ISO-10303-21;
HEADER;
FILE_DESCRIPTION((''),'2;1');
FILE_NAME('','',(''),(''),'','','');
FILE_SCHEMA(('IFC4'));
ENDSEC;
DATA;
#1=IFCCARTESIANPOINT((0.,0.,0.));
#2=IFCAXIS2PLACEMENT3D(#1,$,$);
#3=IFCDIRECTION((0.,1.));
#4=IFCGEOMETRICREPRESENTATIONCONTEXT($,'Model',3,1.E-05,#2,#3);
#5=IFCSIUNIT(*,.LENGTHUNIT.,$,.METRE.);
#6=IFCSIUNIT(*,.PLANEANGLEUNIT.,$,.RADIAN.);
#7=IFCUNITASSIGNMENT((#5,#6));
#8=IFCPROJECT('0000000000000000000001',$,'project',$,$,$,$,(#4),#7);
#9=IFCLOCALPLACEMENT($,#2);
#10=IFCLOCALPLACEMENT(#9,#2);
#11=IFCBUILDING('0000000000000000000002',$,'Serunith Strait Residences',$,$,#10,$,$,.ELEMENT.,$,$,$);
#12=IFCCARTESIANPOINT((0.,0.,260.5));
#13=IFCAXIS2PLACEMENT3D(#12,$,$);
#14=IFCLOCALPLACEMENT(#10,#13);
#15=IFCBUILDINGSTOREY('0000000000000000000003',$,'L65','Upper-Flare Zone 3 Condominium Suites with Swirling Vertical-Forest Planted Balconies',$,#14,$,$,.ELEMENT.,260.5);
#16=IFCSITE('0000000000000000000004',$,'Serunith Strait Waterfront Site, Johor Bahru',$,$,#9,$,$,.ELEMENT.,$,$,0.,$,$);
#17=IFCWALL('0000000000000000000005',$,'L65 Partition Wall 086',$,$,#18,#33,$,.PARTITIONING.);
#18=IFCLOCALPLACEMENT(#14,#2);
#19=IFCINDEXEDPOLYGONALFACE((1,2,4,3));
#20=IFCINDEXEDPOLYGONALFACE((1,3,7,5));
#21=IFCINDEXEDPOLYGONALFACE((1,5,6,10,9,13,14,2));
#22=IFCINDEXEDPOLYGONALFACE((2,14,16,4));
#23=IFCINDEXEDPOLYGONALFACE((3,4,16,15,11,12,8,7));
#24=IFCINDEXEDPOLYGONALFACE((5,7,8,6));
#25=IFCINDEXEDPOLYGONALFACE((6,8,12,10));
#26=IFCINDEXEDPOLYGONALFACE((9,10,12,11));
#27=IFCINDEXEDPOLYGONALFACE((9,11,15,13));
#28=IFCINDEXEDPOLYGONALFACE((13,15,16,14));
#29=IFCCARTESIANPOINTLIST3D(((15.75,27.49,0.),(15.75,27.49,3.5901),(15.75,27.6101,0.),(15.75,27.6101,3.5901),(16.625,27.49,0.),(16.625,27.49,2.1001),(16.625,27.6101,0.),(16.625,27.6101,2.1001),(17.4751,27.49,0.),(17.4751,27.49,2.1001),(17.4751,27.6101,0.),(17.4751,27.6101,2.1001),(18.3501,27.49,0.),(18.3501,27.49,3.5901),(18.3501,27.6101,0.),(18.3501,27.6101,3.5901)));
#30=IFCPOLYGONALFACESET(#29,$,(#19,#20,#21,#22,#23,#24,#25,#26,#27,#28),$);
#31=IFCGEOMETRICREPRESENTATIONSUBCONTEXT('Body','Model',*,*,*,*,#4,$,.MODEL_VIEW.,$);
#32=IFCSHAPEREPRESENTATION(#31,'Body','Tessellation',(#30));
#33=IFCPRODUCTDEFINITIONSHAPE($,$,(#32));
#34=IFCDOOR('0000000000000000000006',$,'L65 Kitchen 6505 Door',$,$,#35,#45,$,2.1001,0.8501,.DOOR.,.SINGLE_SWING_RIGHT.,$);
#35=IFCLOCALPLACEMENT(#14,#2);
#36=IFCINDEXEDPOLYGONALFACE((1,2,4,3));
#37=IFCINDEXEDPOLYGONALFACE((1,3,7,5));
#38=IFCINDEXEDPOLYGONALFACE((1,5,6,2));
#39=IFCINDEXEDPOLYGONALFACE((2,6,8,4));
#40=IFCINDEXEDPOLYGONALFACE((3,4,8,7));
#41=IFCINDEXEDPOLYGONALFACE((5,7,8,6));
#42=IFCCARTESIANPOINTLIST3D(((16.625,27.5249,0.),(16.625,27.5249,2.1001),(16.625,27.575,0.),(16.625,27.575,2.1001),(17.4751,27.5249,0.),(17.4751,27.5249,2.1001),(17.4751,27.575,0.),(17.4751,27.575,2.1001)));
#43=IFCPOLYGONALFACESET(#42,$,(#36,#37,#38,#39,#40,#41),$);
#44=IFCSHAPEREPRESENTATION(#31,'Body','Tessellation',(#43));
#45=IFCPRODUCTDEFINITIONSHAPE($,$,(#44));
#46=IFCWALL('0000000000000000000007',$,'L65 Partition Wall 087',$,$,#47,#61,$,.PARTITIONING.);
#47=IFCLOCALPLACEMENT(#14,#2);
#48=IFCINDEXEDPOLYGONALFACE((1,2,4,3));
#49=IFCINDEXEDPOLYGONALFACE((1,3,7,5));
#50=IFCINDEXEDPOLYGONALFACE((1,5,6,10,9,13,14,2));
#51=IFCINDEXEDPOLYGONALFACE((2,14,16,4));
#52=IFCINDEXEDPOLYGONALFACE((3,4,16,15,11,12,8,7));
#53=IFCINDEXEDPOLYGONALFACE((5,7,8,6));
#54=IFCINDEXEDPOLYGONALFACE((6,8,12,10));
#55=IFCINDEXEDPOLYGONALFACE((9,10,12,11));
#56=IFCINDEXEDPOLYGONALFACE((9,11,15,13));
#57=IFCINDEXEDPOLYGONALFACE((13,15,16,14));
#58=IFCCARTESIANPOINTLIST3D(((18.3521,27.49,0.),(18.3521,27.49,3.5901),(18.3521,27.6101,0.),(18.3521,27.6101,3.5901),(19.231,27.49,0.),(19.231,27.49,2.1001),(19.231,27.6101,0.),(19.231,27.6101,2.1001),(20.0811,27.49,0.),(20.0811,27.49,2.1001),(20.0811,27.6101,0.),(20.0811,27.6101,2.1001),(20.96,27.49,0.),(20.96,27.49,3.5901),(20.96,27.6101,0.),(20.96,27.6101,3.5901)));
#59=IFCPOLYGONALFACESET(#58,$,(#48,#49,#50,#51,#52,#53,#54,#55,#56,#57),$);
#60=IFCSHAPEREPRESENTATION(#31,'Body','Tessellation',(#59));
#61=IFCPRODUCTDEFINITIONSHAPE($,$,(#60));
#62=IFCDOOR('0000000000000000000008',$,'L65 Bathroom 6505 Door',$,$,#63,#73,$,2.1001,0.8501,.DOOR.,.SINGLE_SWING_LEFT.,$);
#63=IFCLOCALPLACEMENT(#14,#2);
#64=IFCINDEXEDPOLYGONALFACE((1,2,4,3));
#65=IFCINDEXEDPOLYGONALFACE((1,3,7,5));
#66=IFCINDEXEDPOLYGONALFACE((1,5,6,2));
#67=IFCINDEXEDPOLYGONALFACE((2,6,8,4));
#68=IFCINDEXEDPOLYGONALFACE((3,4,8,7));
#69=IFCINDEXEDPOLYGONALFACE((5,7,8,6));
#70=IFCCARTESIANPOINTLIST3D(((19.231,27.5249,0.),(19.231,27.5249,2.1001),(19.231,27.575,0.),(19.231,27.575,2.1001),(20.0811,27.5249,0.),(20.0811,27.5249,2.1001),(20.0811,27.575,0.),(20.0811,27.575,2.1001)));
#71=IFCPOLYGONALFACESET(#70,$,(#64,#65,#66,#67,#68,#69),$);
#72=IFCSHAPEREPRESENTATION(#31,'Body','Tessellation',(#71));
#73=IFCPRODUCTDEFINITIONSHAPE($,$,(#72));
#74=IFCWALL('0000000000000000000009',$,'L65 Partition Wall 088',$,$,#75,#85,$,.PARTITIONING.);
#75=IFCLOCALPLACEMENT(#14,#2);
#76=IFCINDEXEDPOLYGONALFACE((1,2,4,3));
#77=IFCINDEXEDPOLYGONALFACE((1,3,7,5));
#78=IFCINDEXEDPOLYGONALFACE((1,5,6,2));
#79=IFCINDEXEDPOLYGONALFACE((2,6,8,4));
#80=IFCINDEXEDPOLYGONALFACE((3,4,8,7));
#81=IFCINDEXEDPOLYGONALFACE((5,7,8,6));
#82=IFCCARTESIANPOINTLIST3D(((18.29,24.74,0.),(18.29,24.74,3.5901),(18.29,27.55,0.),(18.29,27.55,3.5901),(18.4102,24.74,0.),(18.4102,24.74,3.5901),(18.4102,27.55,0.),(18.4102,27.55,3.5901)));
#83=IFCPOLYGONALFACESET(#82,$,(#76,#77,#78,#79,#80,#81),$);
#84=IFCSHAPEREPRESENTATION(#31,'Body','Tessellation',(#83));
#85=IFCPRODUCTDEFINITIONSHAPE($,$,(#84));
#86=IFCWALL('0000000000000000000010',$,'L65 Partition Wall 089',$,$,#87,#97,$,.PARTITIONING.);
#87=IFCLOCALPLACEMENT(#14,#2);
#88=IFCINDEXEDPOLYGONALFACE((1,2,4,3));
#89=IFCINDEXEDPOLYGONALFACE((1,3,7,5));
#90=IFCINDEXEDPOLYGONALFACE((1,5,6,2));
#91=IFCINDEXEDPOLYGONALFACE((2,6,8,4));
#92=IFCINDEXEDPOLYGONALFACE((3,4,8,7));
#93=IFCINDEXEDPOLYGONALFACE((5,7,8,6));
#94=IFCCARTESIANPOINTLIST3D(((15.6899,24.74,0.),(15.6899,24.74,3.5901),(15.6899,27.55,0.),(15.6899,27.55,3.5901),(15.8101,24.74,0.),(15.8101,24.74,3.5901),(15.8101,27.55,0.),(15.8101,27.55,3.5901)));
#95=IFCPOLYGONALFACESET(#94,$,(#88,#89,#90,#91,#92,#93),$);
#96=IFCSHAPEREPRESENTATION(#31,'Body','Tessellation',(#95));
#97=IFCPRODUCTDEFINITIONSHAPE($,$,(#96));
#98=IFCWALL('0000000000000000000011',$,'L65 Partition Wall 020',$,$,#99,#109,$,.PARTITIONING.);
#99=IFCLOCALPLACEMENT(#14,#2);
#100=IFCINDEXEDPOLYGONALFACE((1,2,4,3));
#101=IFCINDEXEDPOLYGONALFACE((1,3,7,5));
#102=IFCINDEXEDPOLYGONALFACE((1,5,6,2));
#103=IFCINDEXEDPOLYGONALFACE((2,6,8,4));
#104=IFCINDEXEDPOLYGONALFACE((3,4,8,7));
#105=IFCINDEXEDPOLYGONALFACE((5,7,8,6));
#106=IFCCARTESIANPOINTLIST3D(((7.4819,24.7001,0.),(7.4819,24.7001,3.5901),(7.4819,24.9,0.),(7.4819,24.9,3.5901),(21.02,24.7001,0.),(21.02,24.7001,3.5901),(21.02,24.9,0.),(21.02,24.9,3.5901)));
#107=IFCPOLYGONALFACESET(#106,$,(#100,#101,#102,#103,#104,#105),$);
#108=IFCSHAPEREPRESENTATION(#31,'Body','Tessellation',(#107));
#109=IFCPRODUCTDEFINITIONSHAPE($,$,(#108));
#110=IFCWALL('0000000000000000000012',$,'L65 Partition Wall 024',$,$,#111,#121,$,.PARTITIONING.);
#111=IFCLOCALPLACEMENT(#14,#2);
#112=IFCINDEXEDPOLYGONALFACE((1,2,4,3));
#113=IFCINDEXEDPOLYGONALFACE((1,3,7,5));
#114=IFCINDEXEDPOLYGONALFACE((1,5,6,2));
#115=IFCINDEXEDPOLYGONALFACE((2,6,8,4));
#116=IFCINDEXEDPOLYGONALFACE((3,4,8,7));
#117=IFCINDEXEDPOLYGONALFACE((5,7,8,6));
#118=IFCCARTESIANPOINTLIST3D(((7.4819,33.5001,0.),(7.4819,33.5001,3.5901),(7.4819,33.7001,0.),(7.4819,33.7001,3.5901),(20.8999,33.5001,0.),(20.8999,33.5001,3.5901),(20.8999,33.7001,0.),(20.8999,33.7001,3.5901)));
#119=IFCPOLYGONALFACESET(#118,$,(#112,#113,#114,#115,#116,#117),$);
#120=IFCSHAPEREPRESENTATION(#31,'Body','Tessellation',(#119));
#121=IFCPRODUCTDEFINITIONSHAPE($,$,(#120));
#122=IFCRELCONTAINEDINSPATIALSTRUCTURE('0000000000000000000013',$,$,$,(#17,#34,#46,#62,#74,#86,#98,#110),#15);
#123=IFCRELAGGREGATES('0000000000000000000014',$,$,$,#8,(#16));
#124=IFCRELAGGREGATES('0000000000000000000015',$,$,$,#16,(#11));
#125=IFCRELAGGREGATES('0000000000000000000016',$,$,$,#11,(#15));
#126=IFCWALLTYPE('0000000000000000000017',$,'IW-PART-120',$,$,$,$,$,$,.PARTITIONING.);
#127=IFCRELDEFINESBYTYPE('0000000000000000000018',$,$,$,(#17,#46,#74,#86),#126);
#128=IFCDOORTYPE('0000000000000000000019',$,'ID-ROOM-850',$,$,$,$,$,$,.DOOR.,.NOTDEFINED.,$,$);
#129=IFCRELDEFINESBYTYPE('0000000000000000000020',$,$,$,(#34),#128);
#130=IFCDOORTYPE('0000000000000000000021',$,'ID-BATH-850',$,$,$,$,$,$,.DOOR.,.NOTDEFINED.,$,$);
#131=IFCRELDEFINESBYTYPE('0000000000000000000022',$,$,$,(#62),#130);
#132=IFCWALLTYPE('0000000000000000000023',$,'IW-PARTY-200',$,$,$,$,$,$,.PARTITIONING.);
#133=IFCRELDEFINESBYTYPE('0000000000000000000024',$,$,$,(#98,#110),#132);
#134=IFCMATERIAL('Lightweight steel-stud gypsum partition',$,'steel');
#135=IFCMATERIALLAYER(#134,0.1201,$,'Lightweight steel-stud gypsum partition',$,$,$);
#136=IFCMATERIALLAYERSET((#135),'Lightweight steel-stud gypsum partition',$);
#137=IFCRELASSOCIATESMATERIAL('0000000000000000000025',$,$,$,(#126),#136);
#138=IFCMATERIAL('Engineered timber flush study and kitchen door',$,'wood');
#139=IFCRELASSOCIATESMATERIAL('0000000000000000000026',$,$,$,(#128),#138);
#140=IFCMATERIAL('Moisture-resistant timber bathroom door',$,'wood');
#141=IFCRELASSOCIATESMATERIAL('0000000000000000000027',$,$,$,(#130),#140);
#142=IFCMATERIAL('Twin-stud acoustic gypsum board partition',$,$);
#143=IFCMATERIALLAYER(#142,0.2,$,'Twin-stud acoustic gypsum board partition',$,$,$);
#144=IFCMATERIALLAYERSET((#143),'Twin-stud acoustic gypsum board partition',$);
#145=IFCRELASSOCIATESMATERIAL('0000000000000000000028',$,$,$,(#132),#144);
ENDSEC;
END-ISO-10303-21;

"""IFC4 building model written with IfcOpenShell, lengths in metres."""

from ifc_helpers import new_model, si_unit, direction, frame, frame_2d, origin, place, context, subcontext, project, spatial, rectangle, extrude, source, transform, mapped, material, layer, layer_set, type_object, element, fill, save


model = new_model("IFC4")

# Units and contexts
model_context = context("Model", 3, precision=1e-05, world=origin(), true_north=direction((0.0, 1.0)))
body_context = subcontext(model_context, "Body", "Model", "MODEL_VIEW")
ifc_project = project(units=[si_unit("LENGTHUNIT", "METRE"), si_unit("PLANEANGLEUNIT", "RADIAN")], contexts=[model_context])

# Site, building, storey
site_placement = place(None, origin())
site = spatial("IfcSite", under=ifc_project, at=site_placement, Name="Serunith Strait Waterfront Site, Johor Bahru", CompositionType="ELEMENT", RefElevation=0.0)
building_placement = place(site_placement, origin())
building = spatial("IfcBuilding", under=site, at=building_placement, Name="Serunith Strait Residences", CompositionType="ELEMENT")
storey_placement = place(building_placement, frame((0.0, 0.0, 260.5)))
storey = spatial("IfcBuildingStorey", under=building, at=storey_placement, Name="L65", Description="Upper-Flare Zone 3 Condominium Suites with Swirling Vertical-Forest Planted Balconies", CompositionType="ELEMENT", Elevation=260.5)

# Walls, openings, doors
ifc_material_1 = material(Name="Lightweight steel-stud gypsum partition", Category="steel")
ifc_layer_1 = layer(ifc_material_1, 0.1201, Name="Lightweight steel-stud gypsum partition")
ifc_layer_set_1 = layer_set([ifc_layer_1], Name="Lightweight steel-stud gypsum partition")
wall_type_1 = type_object("IfcWallType", Name="IW-PART-120", PredefinedType="PARTITIONING", material=ifc_layer_set_1)
wall_1_placement = place(storey_placement, frame((15.75, 27.55, 0.0), z_axis=(0.0, 0.0, 1.0), x_axis=(1.0, 0.0, 0.0)))
wall_1 = element("IfcWall", 1, at=wall_1_placement, inside=storey, type_object=wall_type_1, Name="L65 Partition Wall 086", PredefinedType="PARTITIONING", context=body_context, shape_type="SweptSolid", body=[
    extrude(rectangle(XDim=2.6001, YDim=0.1201, at=frame_2d((1.3, 0.0))), origin(), (0.0, 0.0, 1.0), 3.5901),
])
opening_1_placement = place(wall_1_placement, frame((0.875, 0.0, 0.0)))
opening_1 = element("IfcOpeningElement", 2, at=opening_1_placement, cuts=wall_1, PredefinedType="OPENING", context=body_context, shape_type="SweptSolid", body=[
    extrude(rectangle(XDim=0.8501, YDim=2.1001, at=frame_2d((0.425, 1.05))), frame((0.0, 0.0701, 0.0), z_axis=(0.0, -1.0, 0.0), x_axis=(1.0, 0.0, 0.0)), (0.0, 0.0, 1.0), 0.1401),
])
ifc_material_2 = material(Name="Engineered timber flush study and kitchen door", Category="wood")
door_type_1 = type_object("IfcDoorType", Name="ID-ROOM-850", OperationType="NOTDEFINED", PredefinedType="DOOR", material=ifc_material_2)
shared_shape_1 = source(origin(), body_context, "Body", "SweptSolid", [
    extrude(rectangle(XDim=0.8501, YDim=2.1001, at=frame_2d((0.425, 1.05))), frame((0.0, 0.0249, 0.0), z_axis=(0.0, -1.0, 0.0), x_axis=(1.0, 0.0, 0.0)), (0.0, 0.0, 1.0), 0.05),
])
door_1_placement = place(opening_1_placement, origin())
door_1 = element("IfcDoor", 3, at=door_1_placement, inside=storey, type_object=door_type_1, Name="L65 Kitchen 6505 Door", OperationType="SINGLE_SWING_RIGHT", OverallHeight=2.1001, OverallWidth=0.8501, PredefinedType="DOOR", context=body_context, shape_type="MappedRepresentation", body=[
    mapped(shared_shape_1, transform((0.0, 0.0, 0.0), scale=1.0)),
])
fill(opening_1, door_1)
wall_2_placement = place(storey_placement, frame((18.3521, 27.55, 0.0), z_axis=(0.0, 0.0, 1.0), x_axis=(1.0, 0.0, 0.0)))
wall_2 = element("IfcWall", 4, at=wall_2_placement, inside=storey, type_object=wall_type_1, Name="L65 Partition Wall 087", PredefinedType="PARTITIONING", context=body_context, shape_type="SweptSolid", body=[
    extrude(rectangle(XDim=2.6079, YDim=0.1201, at=frame_2d((1.304, 0.0))), origin(), (0.0, 0.0, 1.0), 3.5901),
])
opening_2_placement = place(wall_2_placement, frame((0.8789, 0.0, 0.0)))
opening_2 = element("IfcOpeningElement", 5, at=opening_2_placement, cuts=wall_2, PredefinedType="OPENING", context=body_context, shape_type="SweptSolid", body=[
    extrude(rectangle(XDim=0.8501, YDim=2.1001, at=frame_2d((0.425, 1.05))), frame((0.0, 0.0701, 0.0), z_axis=(0.0, -1.0, 0.0), x_axis=(1.0, 0.0, 0.0)), (0.0, 0.0, 1.0), 0.1401),
])
ifc_material_3 = material(Name="Moisture-resistant timber bathroom door", Category="wood")
door_type_2 = type_object("IfcDoorType", Name="ID-BATH-850", OperationType="NOTDEFINED", PredefinedType="DOOR", material=ifc_material_3)
door_2_placement = place(opening_2_placement, origin())
door_2 = element("IfcDoor", 6, at=door_2_placement, inside=storey, type_object=door_type_2, Name="L65 Bathroom 6505 Door", OperationType="SINGLE_SWING_LEFT", OverallHeight=2.1001, OverallWidth=0.8501, PredefinedType="DOOR", context=body_context, shape_type="MappedRepresentation", body=[
    mapped(shared_shape_1, transform((0.0, 0.0, 0.0), scale=1.0)),
])
fill(opening_2, door_2)

# Walls
for number, where, z_axis, x_axis, name in (
    (7, (18.3501, 24.74, 0.0), (0.0, 0.0, 1.0), (0.0, 1.0, 0.0), "L65 Partition Wall 088"),
    (8, (15.75, 24.74, 0.0), (0.0, 0.0, 1.0), (0.0, 1.0, 0.0), "L65 Partition Wall 089"),
):
    element("IfcWall", number, at=place(storey_placement, frame(where, z_axis=z_axis, x_axis=x_axis)), inside=storey, type_object=wall_type_1, Name=name, PredefinedType="PARTITIONING", context=body_context, shape_type="SweptSolid", body=[
        extrude(rectangle(XDim=2.8101, YDim=0.1201, at=frame_2d((1.405, 0.0))), origin(), (0.0, 0.0, 1.0), 3.5901),
    ])
ifc_material_4 = material(Name="Twin-stud acoustic gypsum board partition")
ifc_layer_2 = layer(ifc_material_4, 0.2, Name="Twin-stud acoustic gypsum board partition")
ifc_layer_set_2 = layer_set([ifc_layer_2], Name="Twin-stud acoustic gypsum board partition")
wall_type_2 = type_object("IfcWallType", Name="IW-PARTY-200", PredefinedType="PARTITIONING", material=ifc_layer_set_2)
wall_3_placement = place(storey_placement, frame((7.4819, 24.8, 0.0), z_axis=(0.0, 0.0, 1.0), x_axis=(1.0, 0.0, 0.0)))
element("IfcWall", 9, at=wall_3_placement, inside=storey, type_object=wall_type_2, Name="L65 Partition Wall 020", PredefinedType="PARTITIONING", context=body_context, shape_type="SweptSolid", body=[
    extrude(rectangle(XDim=13.5381, YDim=0.2, at=frame_2d((6.769, 0.0))), origin(), (0.0, 0.0, 1.0), 3.5901),
])
wall_4_placement = place(storey_placement, frame((7.4819, 33.6001, 0.0), z_axis=(0.0, 0.0, 1.0), x_axis=(1.0, 0.0, 0.0)))
element("IfcWall", 10, at=wall_4_placement, inside=storey, type_object=wall_type_2, Name="L65 Partition Wall 024", PredefinedType="PARTITIONING", context=body_context, shape_type="SweptSolid", body=[
    extrude(rectangle(XDim=13.418, YDim=0.2, at=frame_2d((6.709, 0.0))), origin(), (0.0, 0.0, 1.0), 3.5901),
])

save(model, "model.ifc")
